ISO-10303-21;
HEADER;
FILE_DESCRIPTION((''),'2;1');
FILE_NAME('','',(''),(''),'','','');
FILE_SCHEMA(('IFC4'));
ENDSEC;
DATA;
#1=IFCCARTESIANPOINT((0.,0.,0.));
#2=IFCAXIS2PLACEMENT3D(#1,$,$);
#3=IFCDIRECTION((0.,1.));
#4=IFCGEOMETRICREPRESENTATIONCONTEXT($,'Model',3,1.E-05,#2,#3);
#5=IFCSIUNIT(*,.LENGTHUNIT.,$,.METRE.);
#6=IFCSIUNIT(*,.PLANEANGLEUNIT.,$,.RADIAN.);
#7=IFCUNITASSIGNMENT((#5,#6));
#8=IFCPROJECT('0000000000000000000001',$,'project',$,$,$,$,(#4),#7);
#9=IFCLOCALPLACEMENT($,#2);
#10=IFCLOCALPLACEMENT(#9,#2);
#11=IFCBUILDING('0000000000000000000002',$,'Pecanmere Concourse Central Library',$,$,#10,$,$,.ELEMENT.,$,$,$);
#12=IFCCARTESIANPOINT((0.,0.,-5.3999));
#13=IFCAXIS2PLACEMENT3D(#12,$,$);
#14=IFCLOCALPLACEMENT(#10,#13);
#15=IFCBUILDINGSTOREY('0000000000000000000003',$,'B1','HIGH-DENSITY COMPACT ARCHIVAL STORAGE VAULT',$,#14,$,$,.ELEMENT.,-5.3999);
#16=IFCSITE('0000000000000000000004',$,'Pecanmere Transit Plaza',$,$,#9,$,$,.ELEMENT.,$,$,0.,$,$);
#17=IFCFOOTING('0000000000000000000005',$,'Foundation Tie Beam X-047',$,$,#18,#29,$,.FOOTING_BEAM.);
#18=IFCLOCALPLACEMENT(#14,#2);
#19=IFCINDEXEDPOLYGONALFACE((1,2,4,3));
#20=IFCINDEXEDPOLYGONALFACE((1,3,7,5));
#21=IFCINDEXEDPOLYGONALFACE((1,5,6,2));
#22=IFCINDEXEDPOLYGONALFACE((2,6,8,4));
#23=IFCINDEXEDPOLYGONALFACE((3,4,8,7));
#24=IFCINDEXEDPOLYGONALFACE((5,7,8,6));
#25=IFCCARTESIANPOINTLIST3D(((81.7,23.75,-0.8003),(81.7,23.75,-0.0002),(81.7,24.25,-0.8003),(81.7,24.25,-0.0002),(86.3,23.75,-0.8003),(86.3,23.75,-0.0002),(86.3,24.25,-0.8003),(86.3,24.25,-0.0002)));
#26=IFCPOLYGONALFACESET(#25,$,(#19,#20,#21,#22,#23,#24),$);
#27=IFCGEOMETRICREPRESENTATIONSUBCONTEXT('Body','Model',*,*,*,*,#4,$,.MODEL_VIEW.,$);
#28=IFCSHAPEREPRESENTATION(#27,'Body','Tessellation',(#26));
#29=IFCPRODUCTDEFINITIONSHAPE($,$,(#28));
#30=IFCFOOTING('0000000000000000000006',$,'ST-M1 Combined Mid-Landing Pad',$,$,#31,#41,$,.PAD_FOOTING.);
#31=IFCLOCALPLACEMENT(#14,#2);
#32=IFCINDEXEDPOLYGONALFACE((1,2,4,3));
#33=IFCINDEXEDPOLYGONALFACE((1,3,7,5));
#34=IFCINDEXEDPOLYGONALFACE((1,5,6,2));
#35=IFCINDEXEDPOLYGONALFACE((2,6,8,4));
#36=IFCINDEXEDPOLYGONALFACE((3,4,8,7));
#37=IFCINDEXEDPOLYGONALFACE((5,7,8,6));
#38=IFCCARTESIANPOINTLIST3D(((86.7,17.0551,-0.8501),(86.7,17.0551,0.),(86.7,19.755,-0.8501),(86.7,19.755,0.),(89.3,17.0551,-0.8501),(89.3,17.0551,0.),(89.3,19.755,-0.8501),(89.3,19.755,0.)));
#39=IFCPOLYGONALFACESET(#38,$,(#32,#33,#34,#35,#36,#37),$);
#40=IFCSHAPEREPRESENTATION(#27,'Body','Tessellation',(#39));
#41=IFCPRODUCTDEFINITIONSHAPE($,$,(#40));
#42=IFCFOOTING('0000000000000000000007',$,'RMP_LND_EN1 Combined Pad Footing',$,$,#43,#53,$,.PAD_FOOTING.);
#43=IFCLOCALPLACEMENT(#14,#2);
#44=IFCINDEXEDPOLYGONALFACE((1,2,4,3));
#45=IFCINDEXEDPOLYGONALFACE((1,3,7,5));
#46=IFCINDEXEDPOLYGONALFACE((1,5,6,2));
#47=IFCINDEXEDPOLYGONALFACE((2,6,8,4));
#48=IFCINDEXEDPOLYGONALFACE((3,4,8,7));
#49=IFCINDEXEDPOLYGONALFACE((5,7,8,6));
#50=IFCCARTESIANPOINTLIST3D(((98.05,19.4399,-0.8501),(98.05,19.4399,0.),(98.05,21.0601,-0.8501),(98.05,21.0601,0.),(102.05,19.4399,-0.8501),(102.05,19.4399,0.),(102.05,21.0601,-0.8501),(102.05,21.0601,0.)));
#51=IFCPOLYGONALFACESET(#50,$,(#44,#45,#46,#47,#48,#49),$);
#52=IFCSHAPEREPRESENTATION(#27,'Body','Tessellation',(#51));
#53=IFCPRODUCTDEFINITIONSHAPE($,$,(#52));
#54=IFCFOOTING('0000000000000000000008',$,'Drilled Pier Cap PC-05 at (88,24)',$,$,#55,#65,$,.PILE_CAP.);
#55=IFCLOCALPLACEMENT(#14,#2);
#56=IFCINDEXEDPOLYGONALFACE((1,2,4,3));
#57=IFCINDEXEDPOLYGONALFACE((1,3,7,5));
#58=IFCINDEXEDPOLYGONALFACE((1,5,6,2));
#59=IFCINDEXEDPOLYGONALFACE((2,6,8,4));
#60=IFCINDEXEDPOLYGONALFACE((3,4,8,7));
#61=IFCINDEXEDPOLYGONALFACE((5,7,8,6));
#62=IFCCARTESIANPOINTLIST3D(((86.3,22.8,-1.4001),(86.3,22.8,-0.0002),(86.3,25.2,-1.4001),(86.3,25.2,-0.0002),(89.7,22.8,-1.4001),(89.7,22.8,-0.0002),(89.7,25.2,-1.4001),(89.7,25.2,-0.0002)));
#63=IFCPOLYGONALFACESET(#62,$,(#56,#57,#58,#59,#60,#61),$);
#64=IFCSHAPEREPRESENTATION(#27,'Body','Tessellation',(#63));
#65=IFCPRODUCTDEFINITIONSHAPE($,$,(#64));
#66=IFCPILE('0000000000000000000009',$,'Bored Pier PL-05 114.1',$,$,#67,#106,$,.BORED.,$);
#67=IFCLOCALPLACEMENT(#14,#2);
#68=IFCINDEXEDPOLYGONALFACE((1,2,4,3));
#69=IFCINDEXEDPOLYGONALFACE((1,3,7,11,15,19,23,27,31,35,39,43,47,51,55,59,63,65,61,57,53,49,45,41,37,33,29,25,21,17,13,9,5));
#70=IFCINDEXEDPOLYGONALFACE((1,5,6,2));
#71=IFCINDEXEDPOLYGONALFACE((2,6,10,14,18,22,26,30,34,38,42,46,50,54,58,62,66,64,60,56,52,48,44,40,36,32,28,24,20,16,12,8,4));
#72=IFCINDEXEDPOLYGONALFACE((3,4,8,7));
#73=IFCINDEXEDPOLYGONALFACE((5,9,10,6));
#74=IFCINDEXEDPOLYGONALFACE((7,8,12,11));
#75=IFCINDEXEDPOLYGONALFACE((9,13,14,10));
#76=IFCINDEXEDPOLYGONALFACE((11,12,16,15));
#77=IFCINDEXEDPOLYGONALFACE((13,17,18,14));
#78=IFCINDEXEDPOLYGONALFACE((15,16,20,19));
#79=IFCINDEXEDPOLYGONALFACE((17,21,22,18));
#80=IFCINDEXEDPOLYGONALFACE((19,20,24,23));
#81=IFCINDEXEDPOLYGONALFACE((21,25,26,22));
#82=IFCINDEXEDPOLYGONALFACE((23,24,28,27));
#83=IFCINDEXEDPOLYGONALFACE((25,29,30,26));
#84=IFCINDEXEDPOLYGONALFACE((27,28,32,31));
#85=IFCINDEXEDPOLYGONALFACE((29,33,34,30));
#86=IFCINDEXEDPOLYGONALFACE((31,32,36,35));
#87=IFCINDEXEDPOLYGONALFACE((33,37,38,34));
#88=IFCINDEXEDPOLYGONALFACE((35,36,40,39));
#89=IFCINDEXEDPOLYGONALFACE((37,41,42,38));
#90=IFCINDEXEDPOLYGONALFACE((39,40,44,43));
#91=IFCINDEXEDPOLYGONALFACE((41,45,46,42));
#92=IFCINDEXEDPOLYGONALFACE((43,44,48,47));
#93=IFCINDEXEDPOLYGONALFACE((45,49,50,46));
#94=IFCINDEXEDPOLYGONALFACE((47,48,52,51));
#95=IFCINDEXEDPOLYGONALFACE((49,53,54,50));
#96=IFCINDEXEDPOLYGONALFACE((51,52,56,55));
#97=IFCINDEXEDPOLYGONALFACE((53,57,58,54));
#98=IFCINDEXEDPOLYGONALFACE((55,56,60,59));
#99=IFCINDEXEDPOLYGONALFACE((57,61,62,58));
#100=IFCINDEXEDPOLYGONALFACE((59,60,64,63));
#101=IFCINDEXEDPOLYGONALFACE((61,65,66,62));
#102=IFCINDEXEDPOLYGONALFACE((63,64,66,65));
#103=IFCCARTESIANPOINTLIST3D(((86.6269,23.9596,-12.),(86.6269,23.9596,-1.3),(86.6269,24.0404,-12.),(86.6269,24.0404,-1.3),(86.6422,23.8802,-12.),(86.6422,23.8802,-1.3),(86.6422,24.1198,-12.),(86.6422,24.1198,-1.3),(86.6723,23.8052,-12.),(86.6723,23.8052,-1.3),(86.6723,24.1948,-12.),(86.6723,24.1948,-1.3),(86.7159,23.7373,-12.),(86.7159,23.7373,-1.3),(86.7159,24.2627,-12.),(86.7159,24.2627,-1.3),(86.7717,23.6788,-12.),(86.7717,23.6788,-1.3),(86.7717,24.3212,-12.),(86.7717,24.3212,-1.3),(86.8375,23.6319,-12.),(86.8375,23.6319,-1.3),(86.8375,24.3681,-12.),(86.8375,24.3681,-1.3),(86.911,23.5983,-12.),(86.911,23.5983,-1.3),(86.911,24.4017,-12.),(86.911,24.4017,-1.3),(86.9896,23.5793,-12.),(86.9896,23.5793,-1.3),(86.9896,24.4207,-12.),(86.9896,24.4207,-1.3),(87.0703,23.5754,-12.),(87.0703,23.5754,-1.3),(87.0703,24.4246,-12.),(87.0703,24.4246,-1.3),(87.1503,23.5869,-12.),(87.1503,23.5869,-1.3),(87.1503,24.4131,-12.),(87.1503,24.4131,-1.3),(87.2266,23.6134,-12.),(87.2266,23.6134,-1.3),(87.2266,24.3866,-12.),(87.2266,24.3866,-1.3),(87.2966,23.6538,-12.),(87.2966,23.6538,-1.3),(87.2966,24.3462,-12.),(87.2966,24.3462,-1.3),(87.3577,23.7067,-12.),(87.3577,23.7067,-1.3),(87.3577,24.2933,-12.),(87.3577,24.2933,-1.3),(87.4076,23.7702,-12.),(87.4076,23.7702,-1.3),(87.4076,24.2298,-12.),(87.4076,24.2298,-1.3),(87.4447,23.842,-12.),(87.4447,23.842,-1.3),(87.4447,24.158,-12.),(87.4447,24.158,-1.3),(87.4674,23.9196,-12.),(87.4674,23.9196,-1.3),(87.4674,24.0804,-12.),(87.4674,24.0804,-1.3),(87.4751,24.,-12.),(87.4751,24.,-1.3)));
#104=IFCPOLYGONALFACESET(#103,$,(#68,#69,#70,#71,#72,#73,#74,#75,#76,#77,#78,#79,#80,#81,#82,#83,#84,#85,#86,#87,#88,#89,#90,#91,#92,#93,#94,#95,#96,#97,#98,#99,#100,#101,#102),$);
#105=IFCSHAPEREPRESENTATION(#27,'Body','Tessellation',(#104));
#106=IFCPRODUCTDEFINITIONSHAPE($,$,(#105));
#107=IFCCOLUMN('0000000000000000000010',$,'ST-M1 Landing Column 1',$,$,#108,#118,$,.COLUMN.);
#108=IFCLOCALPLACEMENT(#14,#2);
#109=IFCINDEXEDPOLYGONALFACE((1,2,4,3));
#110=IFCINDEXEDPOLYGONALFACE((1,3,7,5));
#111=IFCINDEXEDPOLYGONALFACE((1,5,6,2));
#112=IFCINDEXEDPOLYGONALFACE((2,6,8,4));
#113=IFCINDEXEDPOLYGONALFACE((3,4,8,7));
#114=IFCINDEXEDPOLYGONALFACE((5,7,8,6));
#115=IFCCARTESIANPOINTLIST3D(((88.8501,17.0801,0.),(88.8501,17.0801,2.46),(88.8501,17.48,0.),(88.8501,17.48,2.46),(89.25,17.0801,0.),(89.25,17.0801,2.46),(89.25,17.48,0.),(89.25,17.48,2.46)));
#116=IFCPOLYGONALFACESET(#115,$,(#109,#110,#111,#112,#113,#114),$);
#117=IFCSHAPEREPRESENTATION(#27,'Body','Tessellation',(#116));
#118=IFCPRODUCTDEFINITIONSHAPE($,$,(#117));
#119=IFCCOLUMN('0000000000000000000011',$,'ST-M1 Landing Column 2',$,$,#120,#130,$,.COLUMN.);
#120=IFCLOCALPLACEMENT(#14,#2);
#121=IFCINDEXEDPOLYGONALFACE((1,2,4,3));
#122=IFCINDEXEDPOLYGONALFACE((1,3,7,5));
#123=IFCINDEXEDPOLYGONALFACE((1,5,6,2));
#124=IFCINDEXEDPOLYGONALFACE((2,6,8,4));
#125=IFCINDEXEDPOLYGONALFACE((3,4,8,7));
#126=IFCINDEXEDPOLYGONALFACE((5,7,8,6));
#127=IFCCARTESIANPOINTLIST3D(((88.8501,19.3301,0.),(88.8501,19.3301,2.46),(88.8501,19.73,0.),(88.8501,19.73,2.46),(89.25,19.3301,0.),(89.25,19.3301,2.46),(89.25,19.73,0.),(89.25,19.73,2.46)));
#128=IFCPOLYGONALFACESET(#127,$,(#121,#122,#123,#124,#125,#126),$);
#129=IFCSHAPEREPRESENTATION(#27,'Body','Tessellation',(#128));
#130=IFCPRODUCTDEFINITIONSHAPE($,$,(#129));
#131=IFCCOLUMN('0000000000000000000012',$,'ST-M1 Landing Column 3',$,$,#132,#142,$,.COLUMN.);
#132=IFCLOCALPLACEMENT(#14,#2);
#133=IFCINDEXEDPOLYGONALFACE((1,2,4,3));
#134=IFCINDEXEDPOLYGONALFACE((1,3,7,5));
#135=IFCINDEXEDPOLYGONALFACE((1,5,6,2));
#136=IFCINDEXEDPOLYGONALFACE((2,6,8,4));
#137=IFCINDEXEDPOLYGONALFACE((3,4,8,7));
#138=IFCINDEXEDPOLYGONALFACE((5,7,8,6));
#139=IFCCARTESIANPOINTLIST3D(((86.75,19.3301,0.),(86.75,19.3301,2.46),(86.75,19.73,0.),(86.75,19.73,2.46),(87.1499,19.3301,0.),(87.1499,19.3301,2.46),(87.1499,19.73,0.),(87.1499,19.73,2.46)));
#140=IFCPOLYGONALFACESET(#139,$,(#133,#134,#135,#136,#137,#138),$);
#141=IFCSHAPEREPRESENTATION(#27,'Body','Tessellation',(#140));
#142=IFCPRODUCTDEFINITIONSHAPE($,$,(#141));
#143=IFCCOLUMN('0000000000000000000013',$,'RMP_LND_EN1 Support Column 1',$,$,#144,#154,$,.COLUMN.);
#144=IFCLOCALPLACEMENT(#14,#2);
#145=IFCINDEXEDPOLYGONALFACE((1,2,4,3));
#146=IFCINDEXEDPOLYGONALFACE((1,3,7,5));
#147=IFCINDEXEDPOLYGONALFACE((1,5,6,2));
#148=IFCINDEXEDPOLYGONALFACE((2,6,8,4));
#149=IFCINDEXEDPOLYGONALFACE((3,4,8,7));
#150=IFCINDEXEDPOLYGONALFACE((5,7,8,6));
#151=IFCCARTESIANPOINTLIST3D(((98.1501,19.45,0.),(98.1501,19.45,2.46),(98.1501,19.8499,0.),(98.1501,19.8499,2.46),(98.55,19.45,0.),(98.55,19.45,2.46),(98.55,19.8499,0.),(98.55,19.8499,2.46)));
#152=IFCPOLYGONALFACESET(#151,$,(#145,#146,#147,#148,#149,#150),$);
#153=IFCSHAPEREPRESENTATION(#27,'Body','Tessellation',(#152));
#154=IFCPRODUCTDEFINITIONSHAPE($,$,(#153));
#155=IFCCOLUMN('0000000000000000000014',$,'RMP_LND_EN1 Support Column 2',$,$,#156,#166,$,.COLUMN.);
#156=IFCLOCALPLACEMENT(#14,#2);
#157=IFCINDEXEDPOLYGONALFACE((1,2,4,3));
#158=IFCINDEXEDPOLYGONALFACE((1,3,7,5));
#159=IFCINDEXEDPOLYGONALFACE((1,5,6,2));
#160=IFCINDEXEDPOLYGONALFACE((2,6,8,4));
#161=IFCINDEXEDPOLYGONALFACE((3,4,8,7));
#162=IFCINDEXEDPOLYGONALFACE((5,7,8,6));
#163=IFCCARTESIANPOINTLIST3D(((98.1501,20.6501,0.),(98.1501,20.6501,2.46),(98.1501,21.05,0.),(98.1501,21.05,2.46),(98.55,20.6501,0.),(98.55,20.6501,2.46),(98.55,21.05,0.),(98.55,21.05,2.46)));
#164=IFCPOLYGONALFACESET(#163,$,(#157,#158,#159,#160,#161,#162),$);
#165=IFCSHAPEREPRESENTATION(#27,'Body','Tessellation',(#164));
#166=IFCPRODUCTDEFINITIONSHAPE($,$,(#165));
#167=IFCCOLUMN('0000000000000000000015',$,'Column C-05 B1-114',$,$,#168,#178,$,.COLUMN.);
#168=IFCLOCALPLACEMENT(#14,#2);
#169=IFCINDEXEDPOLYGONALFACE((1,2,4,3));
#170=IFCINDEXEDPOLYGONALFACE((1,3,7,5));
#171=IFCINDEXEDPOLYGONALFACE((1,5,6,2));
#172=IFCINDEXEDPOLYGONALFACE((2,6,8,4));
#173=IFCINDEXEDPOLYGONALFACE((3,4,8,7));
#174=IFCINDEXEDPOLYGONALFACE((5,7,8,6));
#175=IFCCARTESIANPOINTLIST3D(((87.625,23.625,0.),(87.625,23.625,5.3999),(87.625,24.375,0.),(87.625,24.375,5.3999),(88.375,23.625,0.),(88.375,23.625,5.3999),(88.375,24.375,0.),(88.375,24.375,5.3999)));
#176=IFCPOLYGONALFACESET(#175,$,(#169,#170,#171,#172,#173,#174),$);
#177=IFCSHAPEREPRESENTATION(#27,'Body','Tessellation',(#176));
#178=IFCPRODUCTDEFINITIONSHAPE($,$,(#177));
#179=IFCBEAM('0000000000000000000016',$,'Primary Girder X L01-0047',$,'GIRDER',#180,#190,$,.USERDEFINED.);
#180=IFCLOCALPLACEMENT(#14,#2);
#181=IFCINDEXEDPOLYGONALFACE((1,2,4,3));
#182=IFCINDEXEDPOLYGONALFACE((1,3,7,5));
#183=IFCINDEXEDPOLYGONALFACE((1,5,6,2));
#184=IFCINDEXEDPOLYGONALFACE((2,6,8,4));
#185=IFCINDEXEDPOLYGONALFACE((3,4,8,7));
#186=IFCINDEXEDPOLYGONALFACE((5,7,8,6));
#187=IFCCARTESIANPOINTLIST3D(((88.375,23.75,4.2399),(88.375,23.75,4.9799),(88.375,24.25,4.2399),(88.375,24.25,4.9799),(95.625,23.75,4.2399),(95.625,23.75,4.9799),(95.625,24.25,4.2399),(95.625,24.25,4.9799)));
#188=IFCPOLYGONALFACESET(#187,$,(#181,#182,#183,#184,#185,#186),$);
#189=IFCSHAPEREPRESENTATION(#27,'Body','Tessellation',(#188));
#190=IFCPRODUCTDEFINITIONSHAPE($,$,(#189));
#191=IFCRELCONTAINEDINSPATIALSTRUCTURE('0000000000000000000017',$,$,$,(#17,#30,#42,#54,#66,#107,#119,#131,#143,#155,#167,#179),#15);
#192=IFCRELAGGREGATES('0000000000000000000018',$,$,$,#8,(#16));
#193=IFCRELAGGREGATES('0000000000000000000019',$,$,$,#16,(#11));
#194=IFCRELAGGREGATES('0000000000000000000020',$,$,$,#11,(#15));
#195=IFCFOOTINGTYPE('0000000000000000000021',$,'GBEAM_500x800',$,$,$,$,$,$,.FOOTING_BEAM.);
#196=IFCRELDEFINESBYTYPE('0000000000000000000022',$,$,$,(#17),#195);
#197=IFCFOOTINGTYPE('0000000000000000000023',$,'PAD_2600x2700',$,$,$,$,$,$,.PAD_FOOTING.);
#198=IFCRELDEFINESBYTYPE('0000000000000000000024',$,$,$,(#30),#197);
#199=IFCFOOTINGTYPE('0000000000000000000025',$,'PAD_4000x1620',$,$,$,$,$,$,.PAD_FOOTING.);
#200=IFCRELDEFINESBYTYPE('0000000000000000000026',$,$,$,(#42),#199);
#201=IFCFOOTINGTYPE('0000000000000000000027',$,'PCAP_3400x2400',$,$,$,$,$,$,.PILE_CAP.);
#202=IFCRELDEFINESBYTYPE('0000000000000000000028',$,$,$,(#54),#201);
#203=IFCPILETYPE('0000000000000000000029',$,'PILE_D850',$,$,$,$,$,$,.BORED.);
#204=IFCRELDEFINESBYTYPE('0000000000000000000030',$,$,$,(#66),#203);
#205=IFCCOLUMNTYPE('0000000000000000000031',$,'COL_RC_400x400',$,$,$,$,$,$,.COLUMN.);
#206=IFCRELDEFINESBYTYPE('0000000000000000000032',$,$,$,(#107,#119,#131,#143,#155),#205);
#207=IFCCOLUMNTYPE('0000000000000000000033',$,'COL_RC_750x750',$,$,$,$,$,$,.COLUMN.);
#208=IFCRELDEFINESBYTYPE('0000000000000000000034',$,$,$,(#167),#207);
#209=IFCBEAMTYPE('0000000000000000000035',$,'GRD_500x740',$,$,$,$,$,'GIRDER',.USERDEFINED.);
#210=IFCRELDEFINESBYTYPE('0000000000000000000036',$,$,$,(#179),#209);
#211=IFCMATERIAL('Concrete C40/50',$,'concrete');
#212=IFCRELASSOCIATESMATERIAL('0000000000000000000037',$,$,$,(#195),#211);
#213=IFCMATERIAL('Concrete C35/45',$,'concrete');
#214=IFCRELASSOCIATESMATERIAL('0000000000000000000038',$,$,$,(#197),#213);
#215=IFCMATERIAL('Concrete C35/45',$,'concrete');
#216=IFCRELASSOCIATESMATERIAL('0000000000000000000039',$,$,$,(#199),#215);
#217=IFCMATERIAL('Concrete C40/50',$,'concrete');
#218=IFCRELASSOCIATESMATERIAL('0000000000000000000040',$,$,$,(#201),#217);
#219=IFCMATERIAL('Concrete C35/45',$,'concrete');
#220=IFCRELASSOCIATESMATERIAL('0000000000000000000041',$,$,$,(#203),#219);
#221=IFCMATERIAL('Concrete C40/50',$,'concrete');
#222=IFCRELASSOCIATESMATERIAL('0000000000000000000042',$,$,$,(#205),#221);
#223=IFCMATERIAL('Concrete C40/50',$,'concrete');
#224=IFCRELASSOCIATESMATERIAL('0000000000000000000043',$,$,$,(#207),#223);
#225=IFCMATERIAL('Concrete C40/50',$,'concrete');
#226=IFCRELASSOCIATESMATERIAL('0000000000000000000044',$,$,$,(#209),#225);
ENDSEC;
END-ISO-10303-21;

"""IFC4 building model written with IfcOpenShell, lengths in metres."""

from ifc_helpers import new_model, si_unit, direction, frame, origin, origin_2d, place, context, subcontext, project, spatial, rectangle, circle, extrude, material, material_profile, profile_set, type_object, element, save


model = new_model("IFC4")

# Units and contexts
model_context = context("Model", 3, precision=1e-05, world=origin(), true_north=direction((0.0, 1.0)))
body_context = subcontext(model_context, "Body", "Model", "MODEL_VIEW")
ifc_project = project(units=[si_unit("LENGTHUNIT", "METRE"), si_unit("PLANEANGLEUNIT", "RADIAN")], contexts=[model_context])

# Site, building, storey
site_placement = place(None, origin())
site = spatial("IfcSite", under=ifc_project, at=site_placement, Name="Pecanmere Transit Plaza", CompositionType="ELEMENT", RefElevation=0.0)
building_placement = place(site_placement, origin())
building = spatial("IfcBuilding", under=site, at=building_placement, Name="Pecanmere Concourse Central Library", CompositionType="ELEMENT")
storey_placement = place(building_placement, frame((0.0, 0.0, -5.3999)))
storey = spatial("IfcBuildingStorey", under=building, at=storey_placement, Name="B1", Description="HIGH-DENSITY COMPACT ARCHIVAL STORAGE VAULT", CompositionType="ELEMENT", Elevation=-5.3999)

# Footings
ifc_material_1 = material(Name="Concrete C40/50", Category="concrete")
ifc_material_profile_1 = material_profile(ifc_material_1, rectangle(XDim=0.5, YDim=0.8, at=origin_2d()), Name="RC 500x800")
ifc_profile_set_1 = profile_set([ifc_material_profile_1], Name="Concrete C40/50")
footing_type_1 = type_object("IfcFootingType", Name="GBEAM_500x800", PredefinedType="FOOTING_BEAM", material=ifc_profile_set_1)
footing_1_placement = place(storey_placement, frame((84.0, 24.0, -0.8003), z_axis=(0.0, 0.0, 1.0), x_axis=(1.0, 0.0, 0.0)))
element("IfcFooting", 1, at=footing_1_placement, inside=storey, type_object=footing_type_1, Name="Foundation Tie Beam X-047", PredefinedType="FOOTING_BEAM", context=body_context, shape_type="SweptSolid", body=[
    extrude(rectangle(XDim=4.6001, YDim=0.5, at=origin_2d()), origin(), (0.0, 0.0, 1.0), 0.8),
])
ifc_material_2 = material(Name="Concrete C35/45", Category="concrete")
footing_type_2 = type_object("IfcFootingType", Name="PAD_2600x2700", PredefinedType="PAD_FOOTING", material=ifc_material_2)
footing_2_placement = place(storey_placement, frame((88.0, 18.405, -0.8501), z_axis=(0.0, 0.0, 1.0), x_axis=(1.0, 0.0, 0.0)))
element("IfcFooting", 2, at=footing_2_placement, inside=storey, type_object=footing_type_2, Name="ST-M1 Combined Mid-Landing Pad", PredefinedType="PAD_FOOTING", context=body_context, shape_type="SweptSolid", body=[
    extrude(rectangle(XDim=2.6001, YDim=2.7, at=origin_2d()), origin(), (0.0, 0.0, 1.0), 0.8501),
])
ifc_material_3 = material(Name="Concrete C35/45", Category="concrete")
footing_type_3 = type_object("IfcFootingType", Name="PAD_4000x1620", PredefinedType="PAD_FOOTING", material=ifc_material_3)
footing_3_placement = place(storey_placement, frame((100.05, 20.25, -0.8501), z_axis=(0.0, 0.0, 1.0), x_axis=(1.0, 0.0, 0.0)))
element("IfcFooting", 3, at=footing_3_placement, inside=storey, type_object=footing_type_3, Name="RMP_LND_EN1 Combined Pad Footing", PredefinedType="PAD_FOOTING", context=body_context, shape_type="SweptSolid", body=[
    extrude(rectangle(XDim=4.0, YDim=1.6201, at=origin_2d()), origin(), (0.0, 0.0, 1.0), 0.8501),
])
ifc_material_4 = material(Name="Concrete C40/50", Category="concrete")
footing_type_4 = type_object("IfcFootingType", Name="PCAP_3400x2400", PredefinedType="PILE_CAP", material=ifc_material_4)
footing_4_placement = place(storey_placement, frame((88.0, 24.0, -1.4001), z_axis=(0.0, 0.0, 1.0), x_axis=(1.0, 0.0, 0.0)))
element("IfcFooting", 4, at=footing_4_placement, inside=storey, type_object=footing_type_4, Name="Drilled Pier Cap PC-05 at (88,24)", PredefinedType="PILE_CAP", context=body_context, shape_type="SweptSolid", body=[
    extrude(rectangle(XDim=3.3999, YDim=2.3999, at=origin_2d()), origin(), (0.0, 0.0, 1.0), 1.3999),
])

# Pile
ifc_material_5 = material(Name="Concrete C35/45", Category="concrete")
ifc_material_profile_2 = material_profile(ifc_material_5, circle(Radius=0.425, at=origin_2d()), Name="PIER D850")
ifc_profile_set_2 = profile_set([ifc_material_profile_2], Name="Concrete C35/45")
pile_type = type_object("IfcPileType", Name="PILE_D850", PredefinedType="BORED", material=ifc_profile_set_2)
pile_placement = place(storey_placement, frame((87.05, 24.0, -1.3), z_axis=(0.0, 0.0, -1.0), x_axis=(1.0, 0.0, 0.0)))
element("IfcPile", 5, at=pile_placement, inside=storey, type_object=pile_type, Name="Bored Pier PL-05 114.1", PredefinedType="BORED", context=body_context, shape_type="SweptSolid", body=[
    extrude(circle(Radius=0.425, at=origin_2d()), origin(), (0.0, 0.0, 1.0), 10.7),
])

# Columns
ifc_material_6 = material(Name="Concrete C40/50", Category="concrete")
ifc_material_profile_3 = material_profile(ifc_material_6, rectangle(XDim=0.3999, YDim=0.3999, at=origin_2d()), Name="RC 400x400")
ifc_profile_set_3 = profile_set([ifc_material_profile_3], Name="Concrete C40/50")
column_type_1 = type_object("IfcColumnType", Name="COL_RC_400x400", PredefinedType="COLUMN", material=ifc_profile_set_3)
for number, where, z_axis, x_axis, name in (
    (6, (89.05, 17.28, 0.0), (0.0, 0.0, 1.0), (1.0, 0.0, 0.0), "ST-M1 Landing Column 1"),
    (7, (89.05, 19.53, 0.0), (0.0, 0.0, 1.0), (1.0, 0.0, 0.0), "ST-M1 Landing Column 2"),
    (8, (86.95, 19.53, 0.0), (0.0, 0.0, 1.0), (1.0, 0.0, 0.0), "ST-M1 Landing Column 3"),
    (9, (98.3501, 19.6499, 0.0), (0.0, 0.0, 1.0), (1.0, 0.0, 0.0), "RMP_LND_EN1 Support Column 1"),
    (10, (98.3501, 20.8501, 0.0), (0.0, 0.0, 1.0), (1.0, 0.0, 0.0), "RMP_LND_EN1 Support Column 2"),
):
    element("IfcColumn", number, at=place(storey_placement, frame(where, z_axis=z_axis, x_axis=x_axis)), inside=storey, type_object=column_type_1, Name=name, PredefinedType="COLUMN", context=body_context, shape_type="SweptSolid", body=[
        extrude(rectangle(XDim=0.3999, YDim=0.3999, at=origin_2d()), origin(), (0.0, 0.0, 1.0), 2.46),
    ])
ifc_material_7 = material(Name="Concrete C40/50", Category="concrete")
ifc_material_profile_4 = material_profile(ifc_material_7, rectangle(XDim=0.75, YDim=0.75, at=origin_2d()), Name="RC 750x750")
ifc_profile_set_4 = profile_set([ifc_material_profile_4], Name="Concrete C40/50")
column_type_2 = type_object("IfcColumnType", Name="COL_RC_750x750", PredefinedType="COLUMN", material=ifc_profile_set_4)
column_placement = place(storey_placement, frame((88.0, 24.0, 0.0), z_axis=(0.0, 0.0, 1.0), x_axis=(1.0, 0.0, 0.0)))
element("IfcColumn", 11, at=column_placement, inside=storey, type_object=column_type_2, Name="Column C-05 B1-114", PredefinedType="COLUMN", context=body_context, shape_type="SweptSolid", body=[
    extrude(rectangle(XDim=0.75, YDim=0.75, at=origin_2d()), origin(), (0.0, 0.0, 1.0), 5.3999),
])

# Beam
ifc_material_8 = material(Name="Concrete C40/50", Category="concrete")
ifc_material_profile_5 = material_profile(ifc_material_8, rectangle(XDim=0.5, YDim=0.74, at=origin_2d()), Name="RC 500x740")
ifc_profile_set_5 = profile_set([ifc_material_profile_5], Name="Concrete C40/50")
beam_type = type_object("IfcBeamType", Name="GRD_500x740", ElementType="GIRDER", PredefinedType="USERDEFINED", material=ifc_profile_set_5)
beam_placement = place(storey_placement, frame((88.375, 24.0, 4.6099), z_axis=(1.0, 0.0, 0.0), x_axis=(0.0, 1.0, 0.0)))
element("IfcBeam", 12, at=beam_placement, inside=storey, type_object=beam_type, Name="Primary Girder X L01-0047", ObjectType="GIRDER", PredefinedType="USERDEFINED", context=body_context, shape_type="SweptSolid", body=[
    extrude(rectangle(XDim=0.5, YDim=0.74, at=origin_2d()), origin(), (0.0, 0.0, 1.0), 7.25),
])

save(model, "model.ifc")
